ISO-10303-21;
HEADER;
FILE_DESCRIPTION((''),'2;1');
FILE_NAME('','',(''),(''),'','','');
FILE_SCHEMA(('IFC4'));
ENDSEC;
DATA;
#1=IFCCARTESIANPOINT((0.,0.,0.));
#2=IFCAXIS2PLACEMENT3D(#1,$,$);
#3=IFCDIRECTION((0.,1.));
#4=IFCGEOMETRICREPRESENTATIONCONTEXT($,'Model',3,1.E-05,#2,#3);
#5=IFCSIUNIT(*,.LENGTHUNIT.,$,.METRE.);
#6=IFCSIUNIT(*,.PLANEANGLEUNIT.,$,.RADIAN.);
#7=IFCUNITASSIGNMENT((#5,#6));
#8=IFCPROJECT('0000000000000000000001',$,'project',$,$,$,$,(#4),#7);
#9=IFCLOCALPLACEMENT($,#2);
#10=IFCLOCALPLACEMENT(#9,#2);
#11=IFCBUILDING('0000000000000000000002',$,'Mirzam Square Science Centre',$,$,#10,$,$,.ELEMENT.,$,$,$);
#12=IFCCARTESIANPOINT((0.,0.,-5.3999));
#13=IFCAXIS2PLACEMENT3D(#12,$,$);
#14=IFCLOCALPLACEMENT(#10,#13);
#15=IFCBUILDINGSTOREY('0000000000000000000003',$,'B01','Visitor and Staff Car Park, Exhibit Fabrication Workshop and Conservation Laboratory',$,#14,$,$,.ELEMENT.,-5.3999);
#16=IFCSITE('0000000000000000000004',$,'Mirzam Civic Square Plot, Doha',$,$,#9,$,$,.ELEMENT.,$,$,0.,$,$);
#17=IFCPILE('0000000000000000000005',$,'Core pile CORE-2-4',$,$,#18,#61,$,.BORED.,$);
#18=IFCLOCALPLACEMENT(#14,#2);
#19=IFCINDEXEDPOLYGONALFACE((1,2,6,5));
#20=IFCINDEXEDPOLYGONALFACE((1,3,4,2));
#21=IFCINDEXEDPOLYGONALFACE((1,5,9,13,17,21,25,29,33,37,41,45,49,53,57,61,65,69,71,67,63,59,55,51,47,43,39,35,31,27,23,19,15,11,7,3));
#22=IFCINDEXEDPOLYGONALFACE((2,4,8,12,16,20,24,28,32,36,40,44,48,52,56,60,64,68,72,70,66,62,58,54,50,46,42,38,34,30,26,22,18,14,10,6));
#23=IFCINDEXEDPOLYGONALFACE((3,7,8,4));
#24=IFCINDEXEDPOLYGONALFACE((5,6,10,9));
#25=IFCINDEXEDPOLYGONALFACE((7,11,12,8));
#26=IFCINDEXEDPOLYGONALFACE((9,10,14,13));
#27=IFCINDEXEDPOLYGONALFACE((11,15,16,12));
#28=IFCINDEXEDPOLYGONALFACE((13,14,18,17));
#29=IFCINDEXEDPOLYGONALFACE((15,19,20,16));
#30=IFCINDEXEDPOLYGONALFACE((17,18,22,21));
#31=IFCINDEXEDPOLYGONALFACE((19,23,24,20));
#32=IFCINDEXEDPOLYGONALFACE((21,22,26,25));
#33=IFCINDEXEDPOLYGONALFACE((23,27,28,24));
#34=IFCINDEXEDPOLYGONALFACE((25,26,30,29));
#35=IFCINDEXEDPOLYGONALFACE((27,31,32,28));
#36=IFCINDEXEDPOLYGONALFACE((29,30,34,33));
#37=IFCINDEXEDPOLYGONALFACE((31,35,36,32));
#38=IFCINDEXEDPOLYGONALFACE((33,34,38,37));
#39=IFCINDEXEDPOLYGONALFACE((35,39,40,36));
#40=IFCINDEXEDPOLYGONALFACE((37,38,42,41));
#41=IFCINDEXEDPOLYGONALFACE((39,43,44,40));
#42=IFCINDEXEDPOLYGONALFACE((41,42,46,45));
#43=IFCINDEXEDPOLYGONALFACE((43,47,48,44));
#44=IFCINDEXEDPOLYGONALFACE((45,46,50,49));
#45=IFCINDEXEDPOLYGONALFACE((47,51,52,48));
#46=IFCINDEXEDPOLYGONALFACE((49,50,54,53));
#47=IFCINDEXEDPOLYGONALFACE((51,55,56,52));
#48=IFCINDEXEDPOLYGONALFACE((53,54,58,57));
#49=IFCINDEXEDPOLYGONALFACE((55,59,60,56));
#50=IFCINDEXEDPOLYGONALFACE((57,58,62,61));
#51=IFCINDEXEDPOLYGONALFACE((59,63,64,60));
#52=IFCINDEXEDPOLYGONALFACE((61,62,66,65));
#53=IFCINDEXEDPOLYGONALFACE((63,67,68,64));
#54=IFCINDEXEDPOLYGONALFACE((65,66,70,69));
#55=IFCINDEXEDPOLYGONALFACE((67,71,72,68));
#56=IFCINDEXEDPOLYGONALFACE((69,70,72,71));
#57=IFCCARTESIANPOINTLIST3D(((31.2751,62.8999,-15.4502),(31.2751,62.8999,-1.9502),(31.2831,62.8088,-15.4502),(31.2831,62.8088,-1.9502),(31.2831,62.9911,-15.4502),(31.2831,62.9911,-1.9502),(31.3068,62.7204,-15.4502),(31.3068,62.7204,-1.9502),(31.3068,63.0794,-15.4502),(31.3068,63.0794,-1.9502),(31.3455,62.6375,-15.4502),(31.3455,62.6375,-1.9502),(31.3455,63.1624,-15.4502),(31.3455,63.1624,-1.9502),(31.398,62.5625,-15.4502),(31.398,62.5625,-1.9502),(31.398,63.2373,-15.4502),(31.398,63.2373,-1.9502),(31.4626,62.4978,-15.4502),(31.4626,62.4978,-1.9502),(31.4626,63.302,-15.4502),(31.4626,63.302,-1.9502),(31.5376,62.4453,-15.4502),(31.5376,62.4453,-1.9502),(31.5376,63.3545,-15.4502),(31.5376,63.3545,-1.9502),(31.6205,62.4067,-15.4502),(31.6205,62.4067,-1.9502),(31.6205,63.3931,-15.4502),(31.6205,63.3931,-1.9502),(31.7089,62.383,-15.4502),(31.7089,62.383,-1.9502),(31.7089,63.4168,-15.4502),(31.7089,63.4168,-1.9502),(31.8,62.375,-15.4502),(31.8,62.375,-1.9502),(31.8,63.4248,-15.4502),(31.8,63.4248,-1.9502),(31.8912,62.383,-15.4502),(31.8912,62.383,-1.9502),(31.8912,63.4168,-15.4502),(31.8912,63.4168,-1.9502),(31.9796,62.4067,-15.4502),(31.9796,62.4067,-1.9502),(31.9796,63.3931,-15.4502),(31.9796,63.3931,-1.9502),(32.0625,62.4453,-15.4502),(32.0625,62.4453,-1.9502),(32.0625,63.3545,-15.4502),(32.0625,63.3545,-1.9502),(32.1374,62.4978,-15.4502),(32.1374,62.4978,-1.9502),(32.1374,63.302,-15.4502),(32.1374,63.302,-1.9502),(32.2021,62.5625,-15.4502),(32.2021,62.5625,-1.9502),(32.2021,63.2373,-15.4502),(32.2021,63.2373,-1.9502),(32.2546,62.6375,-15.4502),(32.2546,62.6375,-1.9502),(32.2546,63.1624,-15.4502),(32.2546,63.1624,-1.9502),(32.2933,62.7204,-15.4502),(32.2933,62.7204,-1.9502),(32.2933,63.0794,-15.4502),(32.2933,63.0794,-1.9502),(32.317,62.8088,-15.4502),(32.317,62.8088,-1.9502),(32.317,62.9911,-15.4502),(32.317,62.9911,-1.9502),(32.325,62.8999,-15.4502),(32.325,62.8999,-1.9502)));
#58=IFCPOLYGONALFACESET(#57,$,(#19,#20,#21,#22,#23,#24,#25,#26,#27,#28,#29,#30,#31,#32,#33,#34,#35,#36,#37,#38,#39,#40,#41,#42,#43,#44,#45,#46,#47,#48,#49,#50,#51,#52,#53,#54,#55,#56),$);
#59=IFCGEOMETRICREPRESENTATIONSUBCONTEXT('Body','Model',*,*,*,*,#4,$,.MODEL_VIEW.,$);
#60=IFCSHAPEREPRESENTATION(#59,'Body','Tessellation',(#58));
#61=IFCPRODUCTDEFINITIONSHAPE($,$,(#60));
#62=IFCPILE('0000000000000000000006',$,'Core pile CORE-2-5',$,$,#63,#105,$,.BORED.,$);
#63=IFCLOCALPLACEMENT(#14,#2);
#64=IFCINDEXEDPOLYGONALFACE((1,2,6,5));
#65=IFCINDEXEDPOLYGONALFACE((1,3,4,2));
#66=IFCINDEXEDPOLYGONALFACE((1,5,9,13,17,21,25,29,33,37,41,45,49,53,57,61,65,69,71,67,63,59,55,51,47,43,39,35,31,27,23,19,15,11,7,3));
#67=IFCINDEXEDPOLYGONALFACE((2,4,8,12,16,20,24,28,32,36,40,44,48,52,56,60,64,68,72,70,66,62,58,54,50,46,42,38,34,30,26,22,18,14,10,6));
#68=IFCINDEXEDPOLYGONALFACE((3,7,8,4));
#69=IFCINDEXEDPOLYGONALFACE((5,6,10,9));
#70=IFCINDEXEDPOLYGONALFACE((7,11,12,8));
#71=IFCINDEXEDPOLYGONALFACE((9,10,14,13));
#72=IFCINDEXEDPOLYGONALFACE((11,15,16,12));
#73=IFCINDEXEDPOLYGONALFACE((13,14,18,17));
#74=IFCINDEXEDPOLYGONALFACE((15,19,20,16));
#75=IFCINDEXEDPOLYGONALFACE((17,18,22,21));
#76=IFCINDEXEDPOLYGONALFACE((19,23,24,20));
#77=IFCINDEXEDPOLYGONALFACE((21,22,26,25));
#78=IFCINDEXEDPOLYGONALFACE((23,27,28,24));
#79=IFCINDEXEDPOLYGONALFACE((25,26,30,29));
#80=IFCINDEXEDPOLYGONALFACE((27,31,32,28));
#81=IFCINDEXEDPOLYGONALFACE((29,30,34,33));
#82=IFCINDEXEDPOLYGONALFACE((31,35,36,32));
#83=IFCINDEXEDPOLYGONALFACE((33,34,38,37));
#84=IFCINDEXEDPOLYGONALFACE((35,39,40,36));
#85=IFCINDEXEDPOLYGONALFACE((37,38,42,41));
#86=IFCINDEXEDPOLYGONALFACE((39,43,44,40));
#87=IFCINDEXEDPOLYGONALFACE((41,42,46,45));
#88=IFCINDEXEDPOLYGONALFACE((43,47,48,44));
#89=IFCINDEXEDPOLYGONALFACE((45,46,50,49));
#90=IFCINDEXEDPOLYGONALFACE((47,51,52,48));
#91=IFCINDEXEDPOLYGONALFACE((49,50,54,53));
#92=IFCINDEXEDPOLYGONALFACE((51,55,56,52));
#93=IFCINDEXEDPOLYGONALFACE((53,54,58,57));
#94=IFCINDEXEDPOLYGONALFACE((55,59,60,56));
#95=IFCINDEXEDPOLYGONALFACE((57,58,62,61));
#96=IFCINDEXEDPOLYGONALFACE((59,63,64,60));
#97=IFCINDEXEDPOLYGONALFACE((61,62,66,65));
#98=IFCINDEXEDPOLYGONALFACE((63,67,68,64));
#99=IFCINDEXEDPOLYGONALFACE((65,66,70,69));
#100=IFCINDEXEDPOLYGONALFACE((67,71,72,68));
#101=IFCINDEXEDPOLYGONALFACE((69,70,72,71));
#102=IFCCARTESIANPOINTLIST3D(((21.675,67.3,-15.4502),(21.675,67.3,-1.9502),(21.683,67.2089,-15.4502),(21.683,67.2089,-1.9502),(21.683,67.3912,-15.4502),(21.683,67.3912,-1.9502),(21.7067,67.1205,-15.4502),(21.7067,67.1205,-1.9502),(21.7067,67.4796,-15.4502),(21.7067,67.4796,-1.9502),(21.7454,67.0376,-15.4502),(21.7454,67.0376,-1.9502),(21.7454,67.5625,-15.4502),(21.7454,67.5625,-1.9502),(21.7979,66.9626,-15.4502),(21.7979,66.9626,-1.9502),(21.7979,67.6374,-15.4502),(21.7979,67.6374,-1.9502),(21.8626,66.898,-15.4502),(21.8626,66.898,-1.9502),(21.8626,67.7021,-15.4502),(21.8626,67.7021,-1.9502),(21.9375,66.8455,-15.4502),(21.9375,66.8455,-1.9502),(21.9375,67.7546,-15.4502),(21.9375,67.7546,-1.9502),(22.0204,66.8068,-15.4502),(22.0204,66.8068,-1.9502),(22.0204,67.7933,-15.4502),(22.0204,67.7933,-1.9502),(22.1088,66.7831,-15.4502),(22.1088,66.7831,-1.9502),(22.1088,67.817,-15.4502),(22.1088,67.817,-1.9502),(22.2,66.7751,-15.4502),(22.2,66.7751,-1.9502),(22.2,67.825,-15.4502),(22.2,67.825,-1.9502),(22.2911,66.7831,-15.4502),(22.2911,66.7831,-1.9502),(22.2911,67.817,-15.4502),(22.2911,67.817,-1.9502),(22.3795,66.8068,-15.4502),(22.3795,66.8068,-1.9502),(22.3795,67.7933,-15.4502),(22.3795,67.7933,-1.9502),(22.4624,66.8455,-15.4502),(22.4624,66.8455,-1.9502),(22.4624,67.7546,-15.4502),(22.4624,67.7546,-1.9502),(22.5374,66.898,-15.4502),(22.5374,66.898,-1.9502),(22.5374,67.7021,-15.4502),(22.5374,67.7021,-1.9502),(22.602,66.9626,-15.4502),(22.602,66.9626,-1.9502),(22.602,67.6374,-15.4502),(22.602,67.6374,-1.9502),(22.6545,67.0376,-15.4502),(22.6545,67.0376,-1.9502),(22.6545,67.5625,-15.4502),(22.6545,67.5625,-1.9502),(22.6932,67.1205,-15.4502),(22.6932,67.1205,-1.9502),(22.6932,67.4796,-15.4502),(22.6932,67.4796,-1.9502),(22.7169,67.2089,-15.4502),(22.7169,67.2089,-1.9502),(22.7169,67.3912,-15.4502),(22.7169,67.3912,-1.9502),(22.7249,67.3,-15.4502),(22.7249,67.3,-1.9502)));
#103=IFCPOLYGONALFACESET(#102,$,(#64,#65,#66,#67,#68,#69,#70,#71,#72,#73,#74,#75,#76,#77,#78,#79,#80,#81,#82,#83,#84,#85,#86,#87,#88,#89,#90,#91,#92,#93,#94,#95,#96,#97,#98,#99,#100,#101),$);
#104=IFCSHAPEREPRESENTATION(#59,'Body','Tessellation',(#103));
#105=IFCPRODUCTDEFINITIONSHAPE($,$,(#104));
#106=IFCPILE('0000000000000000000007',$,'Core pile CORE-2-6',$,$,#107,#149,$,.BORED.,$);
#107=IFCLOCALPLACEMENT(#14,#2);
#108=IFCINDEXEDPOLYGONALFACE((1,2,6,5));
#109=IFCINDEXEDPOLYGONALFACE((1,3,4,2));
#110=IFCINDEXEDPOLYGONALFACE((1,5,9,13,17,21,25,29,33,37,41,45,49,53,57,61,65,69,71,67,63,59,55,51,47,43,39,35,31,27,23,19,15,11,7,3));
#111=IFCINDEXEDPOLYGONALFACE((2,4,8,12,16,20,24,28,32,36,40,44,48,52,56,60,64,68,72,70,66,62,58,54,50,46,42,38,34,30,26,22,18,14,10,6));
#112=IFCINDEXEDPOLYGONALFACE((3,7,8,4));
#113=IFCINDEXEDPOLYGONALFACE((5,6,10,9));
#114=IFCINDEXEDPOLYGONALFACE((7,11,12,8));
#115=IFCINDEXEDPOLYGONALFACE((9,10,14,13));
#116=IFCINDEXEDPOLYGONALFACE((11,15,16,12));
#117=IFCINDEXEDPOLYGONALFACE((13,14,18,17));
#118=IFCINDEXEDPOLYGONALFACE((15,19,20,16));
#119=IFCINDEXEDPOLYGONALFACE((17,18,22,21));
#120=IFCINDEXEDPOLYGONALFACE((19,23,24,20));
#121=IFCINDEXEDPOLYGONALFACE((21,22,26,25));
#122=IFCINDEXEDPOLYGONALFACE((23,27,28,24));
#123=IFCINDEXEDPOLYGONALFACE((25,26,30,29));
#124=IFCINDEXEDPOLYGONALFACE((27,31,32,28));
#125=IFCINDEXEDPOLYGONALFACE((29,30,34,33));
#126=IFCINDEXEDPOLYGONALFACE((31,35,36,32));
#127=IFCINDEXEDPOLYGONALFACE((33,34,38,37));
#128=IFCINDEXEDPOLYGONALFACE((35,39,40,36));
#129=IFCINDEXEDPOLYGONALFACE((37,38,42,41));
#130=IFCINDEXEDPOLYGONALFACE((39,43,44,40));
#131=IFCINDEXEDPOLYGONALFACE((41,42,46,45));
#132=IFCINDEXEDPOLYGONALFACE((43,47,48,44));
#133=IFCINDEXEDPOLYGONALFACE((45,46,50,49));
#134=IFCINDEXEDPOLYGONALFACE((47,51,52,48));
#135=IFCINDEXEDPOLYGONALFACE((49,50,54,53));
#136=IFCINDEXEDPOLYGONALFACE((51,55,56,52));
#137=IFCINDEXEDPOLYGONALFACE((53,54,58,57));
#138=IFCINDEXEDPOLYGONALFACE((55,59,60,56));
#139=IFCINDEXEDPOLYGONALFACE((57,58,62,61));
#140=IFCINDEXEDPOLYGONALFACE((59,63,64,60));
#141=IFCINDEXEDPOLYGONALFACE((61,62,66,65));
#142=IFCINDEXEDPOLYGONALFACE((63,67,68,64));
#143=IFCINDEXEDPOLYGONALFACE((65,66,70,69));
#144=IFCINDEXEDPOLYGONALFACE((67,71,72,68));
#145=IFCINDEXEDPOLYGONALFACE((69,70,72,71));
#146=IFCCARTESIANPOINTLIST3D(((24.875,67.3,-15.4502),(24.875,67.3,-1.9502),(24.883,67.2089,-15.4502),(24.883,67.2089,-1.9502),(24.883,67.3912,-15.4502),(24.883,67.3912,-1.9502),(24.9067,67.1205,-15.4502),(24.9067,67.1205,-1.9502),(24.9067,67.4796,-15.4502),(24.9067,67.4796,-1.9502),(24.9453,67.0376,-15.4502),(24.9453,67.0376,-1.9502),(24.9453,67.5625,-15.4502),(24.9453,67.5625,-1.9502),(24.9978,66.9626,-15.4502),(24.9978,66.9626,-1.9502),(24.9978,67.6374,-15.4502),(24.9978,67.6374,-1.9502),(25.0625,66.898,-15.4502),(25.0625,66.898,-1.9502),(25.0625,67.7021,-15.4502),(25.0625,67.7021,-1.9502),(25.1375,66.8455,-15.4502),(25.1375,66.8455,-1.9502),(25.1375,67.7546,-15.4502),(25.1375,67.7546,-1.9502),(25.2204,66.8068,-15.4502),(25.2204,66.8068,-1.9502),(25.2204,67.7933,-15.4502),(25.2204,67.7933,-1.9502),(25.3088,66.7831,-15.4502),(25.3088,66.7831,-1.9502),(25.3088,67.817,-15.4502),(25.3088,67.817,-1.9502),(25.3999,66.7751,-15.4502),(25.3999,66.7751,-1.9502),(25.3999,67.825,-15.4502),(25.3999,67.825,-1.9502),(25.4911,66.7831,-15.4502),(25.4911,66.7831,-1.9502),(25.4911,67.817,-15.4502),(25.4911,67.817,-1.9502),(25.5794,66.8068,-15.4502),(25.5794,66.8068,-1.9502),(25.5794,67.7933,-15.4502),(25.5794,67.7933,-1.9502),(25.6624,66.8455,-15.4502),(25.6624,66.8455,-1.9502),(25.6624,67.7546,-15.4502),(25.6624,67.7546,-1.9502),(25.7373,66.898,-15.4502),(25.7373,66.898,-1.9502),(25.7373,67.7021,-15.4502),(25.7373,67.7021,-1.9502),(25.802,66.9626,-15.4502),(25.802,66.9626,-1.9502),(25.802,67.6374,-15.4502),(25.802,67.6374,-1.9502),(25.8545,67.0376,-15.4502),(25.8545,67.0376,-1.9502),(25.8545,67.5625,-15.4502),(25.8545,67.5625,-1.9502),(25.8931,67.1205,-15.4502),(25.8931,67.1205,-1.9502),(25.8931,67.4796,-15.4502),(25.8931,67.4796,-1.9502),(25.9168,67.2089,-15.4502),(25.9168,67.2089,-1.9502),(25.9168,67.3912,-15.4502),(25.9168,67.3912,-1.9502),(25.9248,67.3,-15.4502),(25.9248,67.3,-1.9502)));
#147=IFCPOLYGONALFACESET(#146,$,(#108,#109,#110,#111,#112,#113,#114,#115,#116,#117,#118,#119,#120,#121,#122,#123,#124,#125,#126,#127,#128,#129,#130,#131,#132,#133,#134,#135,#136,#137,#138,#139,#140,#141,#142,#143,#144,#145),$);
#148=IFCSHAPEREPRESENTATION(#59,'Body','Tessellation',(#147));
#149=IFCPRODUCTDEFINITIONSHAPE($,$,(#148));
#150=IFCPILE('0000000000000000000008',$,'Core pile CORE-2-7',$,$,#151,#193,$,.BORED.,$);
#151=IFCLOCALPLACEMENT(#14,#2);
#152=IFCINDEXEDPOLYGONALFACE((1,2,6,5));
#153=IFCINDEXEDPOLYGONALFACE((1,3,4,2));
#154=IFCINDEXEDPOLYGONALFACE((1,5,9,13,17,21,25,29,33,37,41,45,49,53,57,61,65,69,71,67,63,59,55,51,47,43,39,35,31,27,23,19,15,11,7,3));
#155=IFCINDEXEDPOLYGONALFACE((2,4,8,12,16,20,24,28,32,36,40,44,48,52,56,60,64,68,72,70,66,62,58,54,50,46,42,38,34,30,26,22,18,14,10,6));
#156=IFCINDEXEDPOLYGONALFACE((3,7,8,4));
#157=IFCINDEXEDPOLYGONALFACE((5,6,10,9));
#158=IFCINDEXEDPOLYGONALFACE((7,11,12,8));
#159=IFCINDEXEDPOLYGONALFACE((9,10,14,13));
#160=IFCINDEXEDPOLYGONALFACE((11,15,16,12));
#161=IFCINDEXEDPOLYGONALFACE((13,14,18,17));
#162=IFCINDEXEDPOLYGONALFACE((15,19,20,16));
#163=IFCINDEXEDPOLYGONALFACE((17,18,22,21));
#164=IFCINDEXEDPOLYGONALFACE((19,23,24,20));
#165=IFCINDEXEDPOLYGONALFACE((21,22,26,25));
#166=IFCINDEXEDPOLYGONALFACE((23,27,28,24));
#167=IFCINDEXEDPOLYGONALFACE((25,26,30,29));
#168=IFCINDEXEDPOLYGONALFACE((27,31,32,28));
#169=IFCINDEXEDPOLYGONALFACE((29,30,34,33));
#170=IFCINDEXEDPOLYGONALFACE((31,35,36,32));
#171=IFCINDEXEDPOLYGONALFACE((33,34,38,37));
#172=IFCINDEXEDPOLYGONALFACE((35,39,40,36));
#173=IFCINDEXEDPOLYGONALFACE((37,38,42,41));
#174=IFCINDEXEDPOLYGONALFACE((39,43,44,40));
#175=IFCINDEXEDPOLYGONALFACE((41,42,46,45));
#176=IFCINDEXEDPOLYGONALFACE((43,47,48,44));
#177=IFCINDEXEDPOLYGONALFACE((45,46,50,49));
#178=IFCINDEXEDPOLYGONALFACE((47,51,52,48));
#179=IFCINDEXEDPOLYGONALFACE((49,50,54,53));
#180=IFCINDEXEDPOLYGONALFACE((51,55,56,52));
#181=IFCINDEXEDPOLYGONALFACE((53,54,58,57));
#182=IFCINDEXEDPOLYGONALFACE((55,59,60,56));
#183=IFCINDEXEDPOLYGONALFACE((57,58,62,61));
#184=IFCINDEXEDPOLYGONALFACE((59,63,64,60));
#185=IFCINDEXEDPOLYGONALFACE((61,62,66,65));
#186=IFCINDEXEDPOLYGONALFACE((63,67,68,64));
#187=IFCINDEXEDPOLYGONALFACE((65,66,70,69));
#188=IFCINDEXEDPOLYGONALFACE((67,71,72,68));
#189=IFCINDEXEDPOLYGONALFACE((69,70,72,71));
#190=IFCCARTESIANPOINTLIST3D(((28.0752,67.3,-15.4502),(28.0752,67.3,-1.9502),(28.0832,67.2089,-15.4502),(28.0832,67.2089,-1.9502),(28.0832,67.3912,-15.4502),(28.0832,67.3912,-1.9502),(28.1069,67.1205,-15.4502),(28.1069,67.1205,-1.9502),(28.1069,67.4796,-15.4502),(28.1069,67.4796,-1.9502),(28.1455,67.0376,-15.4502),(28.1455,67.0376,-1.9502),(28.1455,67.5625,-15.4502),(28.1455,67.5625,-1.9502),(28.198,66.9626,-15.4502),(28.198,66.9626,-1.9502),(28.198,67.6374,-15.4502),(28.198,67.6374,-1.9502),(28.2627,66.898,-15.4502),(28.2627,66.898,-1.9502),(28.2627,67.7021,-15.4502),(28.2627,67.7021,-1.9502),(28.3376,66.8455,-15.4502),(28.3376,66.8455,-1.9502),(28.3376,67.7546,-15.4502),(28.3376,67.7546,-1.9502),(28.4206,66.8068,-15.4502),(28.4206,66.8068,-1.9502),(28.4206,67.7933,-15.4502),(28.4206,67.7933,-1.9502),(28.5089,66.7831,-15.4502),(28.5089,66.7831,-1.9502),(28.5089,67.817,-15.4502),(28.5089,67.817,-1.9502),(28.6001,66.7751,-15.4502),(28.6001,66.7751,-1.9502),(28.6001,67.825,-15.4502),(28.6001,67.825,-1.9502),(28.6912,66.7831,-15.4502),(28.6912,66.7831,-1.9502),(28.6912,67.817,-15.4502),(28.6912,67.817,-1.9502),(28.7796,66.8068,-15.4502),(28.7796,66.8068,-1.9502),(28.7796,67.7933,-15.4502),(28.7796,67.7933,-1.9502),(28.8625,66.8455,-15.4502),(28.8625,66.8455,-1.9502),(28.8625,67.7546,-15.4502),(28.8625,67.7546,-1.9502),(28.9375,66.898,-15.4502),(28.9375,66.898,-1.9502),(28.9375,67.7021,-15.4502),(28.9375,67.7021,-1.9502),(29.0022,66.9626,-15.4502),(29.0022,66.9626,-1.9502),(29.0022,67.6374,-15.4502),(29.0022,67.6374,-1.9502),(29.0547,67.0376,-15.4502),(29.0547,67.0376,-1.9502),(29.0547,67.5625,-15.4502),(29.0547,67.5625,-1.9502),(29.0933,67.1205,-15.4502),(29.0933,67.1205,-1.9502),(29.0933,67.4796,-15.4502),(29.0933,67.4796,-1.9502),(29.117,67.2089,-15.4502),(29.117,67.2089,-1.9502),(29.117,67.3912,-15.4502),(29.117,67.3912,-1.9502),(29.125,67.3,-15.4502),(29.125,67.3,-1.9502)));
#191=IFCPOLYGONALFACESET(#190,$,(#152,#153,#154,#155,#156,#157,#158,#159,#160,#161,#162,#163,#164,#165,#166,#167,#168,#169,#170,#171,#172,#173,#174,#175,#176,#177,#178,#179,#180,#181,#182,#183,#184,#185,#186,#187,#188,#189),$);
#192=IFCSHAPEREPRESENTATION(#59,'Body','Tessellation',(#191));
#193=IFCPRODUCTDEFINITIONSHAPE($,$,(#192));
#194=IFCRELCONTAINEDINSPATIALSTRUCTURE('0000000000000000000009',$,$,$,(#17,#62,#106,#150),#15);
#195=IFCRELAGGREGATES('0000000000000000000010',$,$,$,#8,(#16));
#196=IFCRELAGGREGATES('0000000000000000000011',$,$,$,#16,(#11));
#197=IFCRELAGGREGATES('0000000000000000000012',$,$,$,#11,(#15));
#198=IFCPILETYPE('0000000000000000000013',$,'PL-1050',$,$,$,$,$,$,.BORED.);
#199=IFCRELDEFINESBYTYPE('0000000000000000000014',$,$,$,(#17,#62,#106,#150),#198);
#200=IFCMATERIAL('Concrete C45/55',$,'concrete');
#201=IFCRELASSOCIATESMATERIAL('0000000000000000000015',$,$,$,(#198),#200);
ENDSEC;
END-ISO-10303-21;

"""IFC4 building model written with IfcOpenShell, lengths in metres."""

from ifc_helpers import new_model, si_unit, direction, frame, origin, origin_2d, place, context, subcontext, project, spatial, circle, extrude, material, material_profile, profile_set, type_object, element, save


model = new_model("IFC4")

# Units and contexts
model_context = context("Model", 3, precision=1e-05, world=origin(), true_north=direction((0.0, 1.0)))
body_context = subcontext(model_context, "Body", "Model", "MODEL_VIEW")
ifc_project = project(units=[si_unit("LENGTHUNIT", "METRE"), si_unit("PLANEANGLEUNIT", "RADIAN")], contexts=[model_context])

# Site, building, storey
site_placement = place(None, origin())
site = spatial("IfcSite", under=ifc_project, at=site_placement, Name="Mirzam Civic Square Plot, Doha", CompositionType="ELEMENT", RefElevation=0.0)
building_placement = place(site_placement, origin())
building = spatial("IfcBuilding", under=site, at=building_placement, Name="Mirzam Square Science Centre", CompositionType="ELEMENT")
storey_placement = place(building_placement, frame((0.0, 0.0, -5.3999)))
storey = spatial("IfcBuildingStorey", under=building, at=storey_placement, Name="B01", Description="Visitor and Staff Car Park, Exhibit Fabrication Workshop and Conservation Laboratory", CompositionType="ELEMENT", Elevation=-5.3999)

# Shared definitions
ifc_material_1 = material(Name="Concrete C45/55", Category="concrete")

# Piles
ifc_material_profile_1 = material_profile(ifc_material_1, circle(Radius=0.5249, at=origin_2d()), Name="PILE-D1050")
ifc_profile_set_1 = profile_set([ifc_material_profile_1], Name="Concrete C45/55")
pile_type_1 = type_object("IfcPileType", Name="PL-1050", PredefinedType="BORED", material=ifc_profile_set_1)
for number, where, z_axis, x_axis, name in (
    (1, (31.8, 62.8999, -1.9502), (0.0, 0.0, -1.0), (1.0, 0.0, 0.0), "Core pile CORE-2-4"),
    (2, (22.2, 67.3, -1.9502), (0.0, 0.0, -1.0), (1.0, 0.0, 0.0), "Core pile CORE-2-5"),
    (3, (25.3999, 67.3, -1.9502), (0.0, 0.0, -1.0), (1.0, 0.0, 0.0), "Core pile CORE-2-6"),
    (4, (28.6001, 67.3, -1.9502), (0.0, 0.0, -1.0), (1.0, 0.0, 0.0), "Core pile CORE-2-7"),
):
    element("IfcPile", number, at=place(storey_placement, frame(where, z_axis=z_axis, x_axis=x_axis)), inside=storey, type_object=pile_type_1, Name=name, PredefinedType="BORED", context=body_context, shape_type="SweptSolid", body=[
        extrude(circle(Radius=0.5249, at=origin_2d()), origin(), (0.0, 0.0, 1.0), 13.5),
    ])

save(model, "model.ifc")
